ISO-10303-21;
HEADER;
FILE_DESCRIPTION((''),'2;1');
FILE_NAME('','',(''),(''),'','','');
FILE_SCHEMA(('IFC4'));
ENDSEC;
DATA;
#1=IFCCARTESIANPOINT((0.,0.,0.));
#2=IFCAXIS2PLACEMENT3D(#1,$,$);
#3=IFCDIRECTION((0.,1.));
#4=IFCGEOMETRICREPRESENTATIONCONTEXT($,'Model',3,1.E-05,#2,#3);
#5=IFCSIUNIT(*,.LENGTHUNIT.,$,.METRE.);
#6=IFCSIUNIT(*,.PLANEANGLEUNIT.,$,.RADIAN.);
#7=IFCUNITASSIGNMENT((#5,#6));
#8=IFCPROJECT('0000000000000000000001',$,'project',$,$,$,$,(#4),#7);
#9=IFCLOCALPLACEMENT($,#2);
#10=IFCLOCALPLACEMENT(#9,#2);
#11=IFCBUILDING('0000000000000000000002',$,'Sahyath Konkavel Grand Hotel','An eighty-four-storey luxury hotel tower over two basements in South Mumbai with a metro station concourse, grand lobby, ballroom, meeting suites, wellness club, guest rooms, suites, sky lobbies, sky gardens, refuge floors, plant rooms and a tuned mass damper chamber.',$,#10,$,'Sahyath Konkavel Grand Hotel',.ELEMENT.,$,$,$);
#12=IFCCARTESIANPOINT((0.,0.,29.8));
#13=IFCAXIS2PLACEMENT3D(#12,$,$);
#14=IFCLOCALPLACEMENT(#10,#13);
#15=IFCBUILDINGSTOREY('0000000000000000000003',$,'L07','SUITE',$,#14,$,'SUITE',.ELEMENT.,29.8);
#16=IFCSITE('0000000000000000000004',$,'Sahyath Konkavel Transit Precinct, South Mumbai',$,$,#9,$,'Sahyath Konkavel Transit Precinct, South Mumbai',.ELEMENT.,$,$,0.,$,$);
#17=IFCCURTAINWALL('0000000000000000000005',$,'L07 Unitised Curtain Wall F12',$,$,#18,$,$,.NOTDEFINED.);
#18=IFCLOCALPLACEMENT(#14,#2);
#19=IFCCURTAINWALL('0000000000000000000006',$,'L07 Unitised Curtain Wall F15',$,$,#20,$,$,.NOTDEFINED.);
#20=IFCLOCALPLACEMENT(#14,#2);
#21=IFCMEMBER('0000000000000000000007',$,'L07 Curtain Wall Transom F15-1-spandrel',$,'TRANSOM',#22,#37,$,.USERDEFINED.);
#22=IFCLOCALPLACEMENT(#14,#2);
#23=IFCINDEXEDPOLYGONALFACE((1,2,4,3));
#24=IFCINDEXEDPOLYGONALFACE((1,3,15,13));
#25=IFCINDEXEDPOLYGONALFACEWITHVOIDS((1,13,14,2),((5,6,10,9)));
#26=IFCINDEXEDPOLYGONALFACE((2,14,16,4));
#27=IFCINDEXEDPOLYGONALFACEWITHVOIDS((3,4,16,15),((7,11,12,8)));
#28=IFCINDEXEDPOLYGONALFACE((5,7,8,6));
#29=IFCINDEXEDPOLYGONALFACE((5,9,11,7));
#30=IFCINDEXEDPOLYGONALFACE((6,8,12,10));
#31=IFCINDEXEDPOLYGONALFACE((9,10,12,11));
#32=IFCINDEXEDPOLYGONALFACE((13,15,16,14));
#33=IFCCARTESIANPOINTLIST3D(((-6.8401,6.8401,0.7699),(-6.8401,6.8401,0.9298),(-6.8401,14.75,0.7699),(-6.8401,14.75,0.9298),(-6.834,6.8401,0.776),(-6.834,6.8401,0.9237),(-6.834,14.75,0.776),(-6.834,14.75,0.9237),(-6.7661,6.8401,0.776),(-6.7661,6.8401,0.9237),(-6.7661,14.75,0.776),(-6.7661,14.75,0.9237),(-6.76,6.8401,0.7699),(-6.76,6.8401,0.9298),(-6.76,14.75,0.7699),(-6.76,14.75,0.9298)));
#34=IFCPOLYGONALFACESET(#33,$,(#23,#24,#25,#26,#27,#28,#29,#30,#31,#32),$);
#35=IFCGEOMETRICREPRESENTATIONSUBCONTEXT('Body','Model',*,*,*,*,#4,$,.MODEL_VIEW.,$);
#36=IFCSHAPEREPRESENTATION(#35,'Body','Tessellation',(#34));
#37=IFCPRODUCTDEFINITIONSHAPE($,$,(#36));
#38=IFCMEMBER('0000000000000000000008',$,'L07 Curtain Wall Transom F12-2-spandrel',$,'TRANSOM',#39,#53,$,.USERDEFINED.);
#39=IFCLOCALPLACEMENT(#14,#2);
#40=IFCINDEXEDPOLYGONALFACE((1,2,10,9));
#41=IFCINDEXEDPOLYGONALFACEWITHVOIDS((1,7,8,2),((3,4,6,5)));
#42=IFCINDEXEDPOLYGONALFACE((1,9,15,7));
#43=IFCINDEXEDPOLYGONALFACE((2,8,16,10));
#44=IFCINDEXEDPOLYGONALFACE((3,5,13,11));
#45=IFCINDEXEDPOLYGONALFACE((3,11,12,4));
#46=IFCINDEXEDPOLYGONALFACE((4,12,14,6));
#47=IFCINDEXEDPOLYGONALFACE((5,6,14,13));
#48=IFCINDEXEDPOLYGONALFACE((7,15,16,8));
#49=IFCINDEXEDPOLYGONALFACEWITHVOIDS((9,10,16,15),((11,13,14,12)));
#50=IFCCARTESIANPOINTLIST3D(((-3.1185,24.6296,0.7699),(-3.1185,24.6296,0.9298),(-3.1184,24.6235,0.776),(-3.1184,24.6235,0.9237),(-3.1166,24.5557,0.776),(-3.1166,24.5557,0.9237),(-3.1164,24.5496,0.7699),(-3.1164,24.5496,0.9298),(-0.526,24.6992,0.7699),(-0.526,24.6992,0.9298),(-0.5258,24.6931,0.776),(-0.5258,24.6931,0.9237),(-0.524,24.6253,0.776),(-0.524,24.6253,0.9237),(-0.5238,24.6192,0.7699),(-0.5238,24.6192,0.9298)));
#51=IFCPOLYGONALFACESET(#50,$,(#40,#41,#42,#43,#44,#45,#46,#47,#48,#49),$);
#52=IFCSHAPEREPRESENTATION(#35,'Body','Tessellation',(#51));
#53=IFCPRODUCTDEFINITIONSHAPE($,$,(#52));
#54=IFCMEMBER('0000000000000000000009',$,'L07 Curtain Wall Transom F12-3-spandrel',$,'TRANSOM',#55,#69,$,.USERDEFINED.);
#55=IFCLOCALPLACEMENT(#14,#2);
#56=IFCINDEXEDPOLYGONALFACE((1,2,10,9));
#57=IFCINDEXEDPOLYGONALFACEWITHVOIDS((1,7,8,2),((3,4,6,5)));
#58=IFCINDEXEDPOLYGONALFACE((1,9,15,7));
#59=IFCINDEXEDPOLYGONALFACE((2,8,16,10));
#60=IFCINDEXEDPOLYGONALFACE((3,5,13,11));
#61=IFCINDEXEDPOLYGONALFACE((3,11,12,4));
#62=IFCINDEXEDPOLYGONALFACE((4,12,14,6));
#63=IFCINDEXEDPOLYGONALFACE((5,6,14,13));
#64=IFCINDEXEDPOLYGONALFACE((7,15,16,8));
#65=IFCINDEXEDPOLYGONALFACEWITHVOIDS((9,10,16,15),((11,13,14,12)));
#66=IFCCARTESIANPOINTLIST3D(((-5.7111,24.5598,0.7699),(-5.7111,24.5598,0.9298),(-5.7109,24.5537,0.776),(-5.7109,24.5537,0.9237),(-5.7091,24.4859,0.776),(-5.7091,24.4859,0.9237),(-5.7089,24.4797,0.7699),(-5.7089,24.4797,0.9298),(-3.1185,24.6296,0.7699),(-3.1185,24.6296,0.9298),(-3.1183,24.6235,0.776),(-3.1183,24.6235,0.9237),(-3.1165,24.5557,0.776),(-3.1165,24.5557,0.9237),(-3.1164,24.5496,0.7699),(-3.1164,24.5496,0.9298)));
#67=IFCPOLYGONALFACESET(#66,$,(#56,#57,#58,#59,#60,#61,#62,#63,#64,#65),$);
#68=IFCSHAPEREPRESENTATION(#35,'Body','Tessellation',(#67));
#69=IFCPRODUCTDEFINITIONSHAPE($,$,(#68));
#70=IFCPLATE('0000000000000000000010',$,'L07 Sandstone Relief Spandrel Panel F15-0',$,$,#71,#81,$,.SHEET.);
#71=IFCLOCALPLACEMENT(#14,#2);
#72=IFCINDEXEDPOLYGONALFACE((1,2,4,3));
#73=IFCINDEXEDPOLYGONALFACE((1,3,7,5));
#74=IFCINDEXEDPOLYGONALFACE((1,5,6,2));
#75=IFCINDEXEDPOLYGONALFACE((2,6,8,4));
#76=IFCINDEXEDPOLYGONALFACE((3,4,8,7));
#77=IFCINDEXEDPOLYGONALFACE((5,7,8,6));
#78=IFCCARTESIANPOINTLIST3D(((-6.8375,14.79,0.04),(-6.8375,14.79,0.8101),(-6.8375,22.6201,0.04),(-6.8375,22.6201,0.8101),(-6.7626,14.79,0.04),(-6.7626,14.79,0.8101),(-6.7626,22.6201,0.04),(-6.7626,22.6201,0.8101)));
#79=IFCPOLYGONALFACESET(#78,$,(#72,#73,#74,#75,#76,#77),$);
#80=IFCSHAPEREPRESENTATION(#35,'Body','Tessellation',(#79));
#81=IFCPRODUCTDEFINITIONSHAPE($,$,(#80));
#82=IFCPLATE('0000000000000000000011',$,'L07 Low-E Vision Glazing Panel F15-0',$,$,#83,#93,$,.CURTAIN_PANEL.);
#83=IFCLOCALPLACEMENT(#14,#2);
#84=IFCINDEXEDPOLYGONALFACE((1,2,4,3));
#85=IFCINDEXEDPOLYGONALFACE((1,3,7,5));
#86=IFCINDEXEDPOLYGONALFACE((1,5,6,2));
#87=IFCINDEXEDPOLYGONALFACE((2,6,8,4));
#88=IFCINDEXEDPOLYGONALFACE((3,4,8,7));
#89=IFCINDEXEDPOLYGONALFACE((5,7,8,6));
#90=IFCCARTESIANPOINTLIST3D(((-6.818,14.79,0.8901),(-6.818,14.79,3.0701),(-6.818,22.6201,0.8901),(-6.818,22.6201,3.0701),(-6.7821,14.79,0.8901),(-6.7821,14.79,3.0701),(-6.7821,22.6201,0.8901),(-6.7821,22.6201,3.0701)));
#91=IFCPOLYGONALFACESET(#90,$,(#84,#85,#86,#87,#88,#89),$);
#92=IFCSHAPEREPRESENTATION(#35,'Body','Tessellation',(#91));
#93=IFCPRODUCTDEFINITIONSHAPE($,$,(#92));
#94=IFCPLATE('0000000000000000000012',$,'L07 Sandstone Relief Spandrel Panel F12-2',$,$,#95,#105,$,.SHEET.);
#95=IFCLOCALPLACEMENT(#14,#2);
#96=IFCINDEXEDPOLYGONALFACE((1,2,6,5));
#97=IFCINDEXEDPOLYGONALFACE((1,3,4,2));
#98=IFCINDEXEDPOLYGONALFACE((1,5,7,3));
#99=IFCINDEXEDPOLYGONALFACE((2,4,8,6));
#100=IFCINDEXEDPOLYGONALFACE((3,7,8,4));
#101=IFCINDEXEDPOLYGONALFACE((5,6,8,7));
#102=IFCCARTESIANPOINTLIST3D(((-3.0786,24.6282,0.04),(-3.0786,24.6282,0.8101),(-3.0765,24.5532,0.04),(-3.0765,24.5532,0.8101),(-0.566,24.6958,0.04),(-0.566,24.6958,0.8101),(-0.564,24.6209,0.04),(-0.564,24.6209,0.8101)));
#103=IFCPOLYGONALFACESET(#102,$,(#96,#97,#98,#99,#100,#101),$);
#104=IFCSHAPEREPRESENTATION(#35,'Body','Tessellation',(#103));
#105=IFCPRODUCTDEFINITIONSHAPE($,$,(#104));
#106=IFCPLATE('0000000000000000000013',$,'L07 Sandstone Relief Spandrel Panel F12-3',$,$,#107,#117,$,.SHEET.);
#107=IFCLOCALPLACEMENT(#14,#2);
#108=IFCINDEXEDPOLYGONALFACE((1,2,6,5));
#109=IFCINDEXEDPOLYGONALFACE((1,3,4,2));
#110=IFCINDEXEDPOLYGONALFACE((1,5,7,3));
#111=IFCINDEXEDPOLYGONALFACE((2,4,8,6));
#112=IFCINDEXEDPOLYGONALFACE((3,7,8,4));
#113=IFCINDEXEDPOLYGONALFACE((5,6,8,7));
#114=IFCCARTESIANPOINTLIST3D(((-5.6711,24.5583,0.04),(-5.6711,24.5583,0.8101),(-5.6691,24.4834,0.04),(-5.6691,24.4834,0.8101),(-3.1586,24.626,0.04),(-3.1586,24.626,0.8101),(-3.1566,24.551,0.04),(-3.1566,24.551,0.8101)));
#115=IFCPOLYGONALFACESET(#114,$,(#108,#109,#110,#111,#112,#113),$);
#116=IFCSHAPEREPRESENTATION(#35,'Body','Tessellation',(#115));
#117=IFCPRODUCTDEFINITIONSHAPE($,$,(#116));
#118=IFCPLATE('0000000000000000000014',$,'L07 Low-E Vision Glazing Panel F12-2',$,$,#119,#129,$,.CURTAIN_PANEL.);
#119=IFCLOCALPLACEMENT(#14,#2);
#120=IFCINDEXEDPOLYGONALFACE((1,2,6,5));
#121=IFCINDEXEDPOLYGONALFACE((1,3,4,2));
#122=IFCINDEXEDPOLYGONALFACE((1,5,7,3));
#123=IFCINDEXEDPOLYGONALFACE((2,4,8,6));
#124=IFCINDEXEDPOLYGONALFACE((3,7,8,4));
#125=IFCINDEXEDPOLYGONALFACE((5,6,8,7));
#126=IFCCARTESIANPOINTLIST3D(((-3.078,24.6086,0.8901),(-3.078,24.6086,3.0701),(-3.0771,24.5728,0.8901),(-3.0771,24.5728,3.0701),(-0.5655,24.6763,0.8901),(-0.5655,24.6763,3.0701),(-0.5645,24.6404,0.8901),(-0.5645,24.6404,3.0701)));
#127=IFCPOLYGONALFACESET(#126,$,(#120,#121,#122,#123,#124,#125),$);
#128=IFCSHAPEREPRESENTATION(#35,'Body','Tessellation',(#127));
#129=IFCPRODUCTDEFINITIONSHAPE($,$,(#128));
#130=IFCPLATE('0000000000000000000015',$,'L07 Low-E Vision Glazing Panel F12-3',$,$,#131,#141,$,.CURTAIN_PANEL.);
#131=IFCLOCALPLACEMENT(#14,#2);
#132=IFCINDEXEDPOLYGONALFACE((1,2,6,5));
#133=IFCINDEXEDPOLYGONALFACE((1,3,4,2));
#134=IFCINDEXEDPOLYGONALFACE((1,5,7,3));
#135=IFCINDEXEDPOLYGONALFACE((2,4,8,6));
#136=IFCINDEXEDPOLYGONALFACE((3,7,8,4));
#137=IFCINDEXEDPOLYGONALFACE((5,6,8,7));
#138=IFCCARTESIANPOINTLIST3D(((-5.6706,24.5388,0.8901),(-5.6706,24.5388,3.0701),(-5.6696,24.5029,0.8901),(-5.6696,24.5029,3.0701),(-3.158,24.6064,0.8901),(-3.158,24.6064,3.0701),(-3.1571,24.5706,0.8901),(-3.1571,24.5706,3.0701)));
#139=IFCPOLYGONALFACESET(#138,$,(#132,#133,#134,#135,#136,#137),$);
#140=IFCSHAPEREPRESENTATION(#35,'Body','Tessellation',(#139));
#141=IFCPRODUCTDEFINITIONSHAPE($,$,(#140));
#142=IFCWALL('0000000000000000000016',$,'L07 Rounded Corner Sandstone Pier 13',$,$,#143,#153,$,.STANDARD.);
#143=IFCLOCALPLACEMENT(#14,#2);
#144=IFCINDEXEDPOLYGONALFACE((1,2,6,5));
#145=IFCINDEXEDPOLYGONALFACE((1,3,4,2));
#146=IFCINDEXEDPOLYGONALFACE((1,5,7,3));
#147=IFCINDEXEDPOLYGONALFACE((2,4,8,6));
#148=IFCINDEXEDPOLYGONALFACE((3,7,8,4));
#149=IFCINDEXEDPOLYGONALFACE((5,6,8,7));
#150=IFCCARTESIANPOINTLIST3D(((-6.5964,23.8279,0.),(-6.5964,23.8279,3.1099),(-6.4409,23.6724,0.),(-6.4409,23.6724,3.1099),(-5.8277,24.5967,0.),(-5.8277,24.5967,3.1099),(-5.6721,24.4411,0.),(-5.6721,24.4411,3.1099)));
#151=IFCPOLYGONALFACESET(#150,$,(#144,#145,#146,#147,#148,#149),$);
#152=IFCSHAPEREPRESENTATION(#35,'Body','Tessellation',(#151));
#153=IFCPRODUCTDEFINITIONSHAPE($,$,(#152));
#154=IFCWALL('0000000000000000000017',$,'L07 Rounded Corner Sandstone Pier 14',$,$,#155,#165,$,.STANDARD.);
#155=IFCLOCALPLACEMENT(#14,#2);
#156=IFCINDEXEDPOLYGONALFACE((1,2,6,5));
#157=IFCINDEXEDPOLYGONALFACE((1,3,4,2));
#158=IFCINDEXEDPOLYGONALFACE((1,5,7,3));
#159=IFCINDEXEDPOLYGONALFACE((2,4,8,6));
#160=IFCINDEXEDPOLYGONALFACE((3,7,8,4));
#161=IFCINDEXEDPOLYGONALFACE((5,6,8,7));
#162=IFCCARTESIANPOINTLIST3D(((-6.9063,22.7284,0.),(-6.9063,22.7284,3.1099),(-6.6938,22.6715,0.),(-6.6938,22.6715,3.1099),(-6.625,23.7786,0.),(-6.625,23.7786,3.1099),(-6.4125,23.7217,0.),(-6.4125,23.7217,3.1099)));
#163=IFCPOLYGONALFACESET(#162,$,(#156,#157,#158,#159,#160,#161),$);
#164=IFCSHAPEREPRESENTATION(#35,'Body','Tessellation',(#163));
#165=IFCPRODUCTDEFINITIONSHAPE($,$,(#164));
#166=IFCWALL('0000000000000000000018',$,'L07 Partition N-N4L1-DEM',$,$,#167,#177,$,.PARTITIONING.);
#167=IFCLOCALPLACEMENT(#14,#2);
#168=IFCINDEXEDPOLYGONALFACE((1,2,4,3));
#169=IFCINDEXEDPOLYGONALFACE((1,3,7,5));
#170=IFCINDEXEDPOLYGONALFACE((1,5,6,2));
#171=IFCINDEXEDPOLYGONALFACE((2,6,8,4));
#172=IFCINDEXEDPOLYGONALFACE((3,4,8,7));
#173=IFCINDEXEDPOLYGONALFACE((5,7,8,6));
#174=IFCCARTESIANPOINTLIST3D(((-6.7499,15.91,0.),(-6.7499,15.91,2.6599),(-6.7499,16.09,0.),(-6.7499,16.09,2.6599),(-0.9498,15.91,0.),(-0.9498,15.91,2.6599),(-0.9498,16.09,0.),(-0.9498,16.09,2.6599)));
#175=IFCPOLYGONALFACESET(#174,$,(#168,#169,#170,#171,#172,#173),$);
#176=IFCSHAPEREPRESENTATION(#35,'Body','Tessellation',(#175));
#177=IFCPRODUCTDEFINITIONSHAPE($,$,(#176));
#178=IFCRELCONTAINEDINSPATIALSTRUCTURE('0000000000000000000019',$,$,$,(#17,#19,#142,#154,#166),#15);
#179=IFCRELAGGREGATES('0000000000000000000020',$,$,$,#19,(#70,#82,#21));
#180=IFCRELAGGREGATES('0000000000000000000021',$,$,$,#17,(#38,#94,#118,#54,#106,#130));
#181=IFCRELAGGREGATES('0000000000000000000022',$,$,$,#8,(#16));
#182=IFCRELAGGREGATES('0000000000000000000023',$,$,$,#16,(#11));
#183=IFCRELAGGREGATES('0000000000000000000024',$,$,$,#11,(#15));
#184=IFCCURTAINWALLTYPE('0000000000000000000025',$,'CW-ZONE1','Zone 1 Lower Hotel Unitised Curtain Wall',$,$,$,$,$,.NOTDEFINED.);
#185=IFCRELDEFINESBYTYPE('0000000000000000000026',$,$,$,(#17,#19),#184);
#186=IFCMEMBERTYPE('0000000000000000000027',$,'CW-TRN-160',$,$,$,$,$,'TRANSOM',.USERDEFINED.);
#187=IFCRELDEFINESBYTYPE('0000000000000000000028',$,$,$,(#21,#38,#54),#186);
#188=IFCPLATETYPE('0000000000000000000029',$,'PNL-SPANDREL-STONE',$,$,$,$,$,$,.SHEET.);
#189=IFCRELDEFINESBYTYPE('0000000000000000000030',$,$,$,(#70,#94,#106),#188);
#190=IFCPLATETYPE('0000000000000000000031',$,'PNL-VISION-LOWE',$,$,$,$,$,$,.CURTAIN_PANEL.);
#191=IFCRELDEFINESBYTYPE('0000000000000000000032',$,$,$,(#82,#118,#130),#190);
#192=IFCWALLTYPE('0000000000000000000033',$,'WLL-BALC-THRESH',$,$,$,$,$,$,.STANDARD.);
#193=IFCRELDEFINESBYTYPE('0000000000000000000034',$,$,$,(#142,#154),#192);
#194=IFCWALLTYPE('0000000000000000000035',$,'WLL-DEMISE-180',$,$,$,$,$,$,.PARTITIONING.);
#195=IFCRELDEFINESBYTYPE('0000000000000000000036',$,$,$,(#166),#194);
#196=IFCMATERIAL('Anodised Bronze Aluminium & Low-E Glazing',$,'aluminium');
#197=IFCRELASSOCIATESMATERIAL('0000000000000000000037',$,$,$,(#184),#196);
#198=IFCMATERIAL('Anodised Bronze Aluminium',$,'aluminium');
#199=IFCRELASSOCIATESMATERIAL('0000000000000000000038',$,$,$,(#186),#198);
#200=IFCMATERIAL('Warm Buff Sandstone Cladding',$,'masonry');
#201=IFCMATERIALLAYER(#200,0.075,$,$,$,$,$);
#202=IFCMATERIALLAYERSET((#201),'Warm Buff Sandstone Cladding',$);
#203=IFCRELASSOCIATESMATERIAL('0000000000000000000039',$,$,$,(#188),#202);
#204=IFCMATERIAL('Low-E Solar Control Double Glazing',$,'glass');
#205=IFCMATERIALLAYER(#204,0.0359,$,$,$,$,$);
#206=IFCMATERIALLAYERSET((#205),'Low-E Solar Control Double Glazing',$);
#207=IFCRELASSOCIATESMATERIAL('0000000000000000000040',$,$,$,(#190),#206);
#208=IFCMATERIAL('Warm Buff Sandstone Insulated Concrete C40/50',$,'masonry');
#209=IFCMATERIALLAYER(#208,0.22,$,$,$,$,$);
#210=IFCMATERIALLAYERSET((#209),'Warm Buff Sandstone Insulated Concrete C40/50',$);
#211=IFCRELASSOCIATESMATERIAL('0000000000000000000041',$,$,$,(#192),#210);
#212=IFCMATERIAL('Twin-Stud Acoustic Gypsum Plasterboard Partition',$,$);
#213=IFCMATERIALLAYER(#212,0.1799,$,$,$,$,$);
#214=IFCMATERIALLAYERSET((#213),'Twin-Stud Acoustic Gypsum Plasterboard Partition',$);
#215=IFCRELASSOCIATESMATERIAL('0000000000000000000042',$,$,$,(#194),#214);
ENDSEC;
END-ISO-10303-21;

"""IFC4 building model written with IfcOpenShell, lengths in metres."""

from ifc_helpers import new_model, si_unit, direction, frame, frame_2d, origin, origin_2d, place, context, subcontext, project, spatial, rectangle, hollow_rectangle, extrude, source, transform, mapped, material, layer, layer_set, material_profile, profile_set, type_object, element, aggregate, save


model = new_model("IFC4")

# Units and contexts
model_context = context("Model", 3, precision=1e-05, world=origin(), true_north=direction((0.0, 1.0)))
body_context = subcontext(model_context, "Body", "Model", "MODEL_VIEW")
ifc_project = project(units=[si_unit("LENGTHUNIT", "METRE"), si_unit("PLANEANGLEUNIT", "RADIAN")], contexts=[model_context])

# Site, building, storey
site_placement = place(None, origin())
site = spatial("IfcSite", under=ifc_project, at=site_placement, Name="Sahyath Konkavel Transit Precinct, South Mumbai", LongName="Sahyath Konkavel Transit Precinct, South Mumbai", CompositionType="ELEMENT", RefElevation=0.0)
building_placement = place(site_placement, origin())
building = spatial("IfcBuilding", under=site, at=building_placement, Name="Sahyath Konkavel Grand Hotel", Description="An eighty-four-storey luxury hotel tower over two basements in South Mumbai with a metro station concourse, grand lobby, ballroom, meeting suites, wellness club, guest rooms, suites, sky lobbies, sky gardens, refuge floors, plant rooms and a tuned mass damper chamber.", LongName="Sahyath Konkavel Grand Hotel", CompositionType="ELEMENT")
storey_placement = place(building_placement, frame((0.0, 0.0, 29.8)))
storey = spatial("IfcBuildingStorey", under=building, at=storey_placement, Name="L07", Description="SUITE", LongName="SUITE", CompositionType="ELEMENT", Elevation=29.8)

# Curtain walls
ifc_material_1 = material(Name="Anodised Bronze Aluminium & Low-E Glazing", Category="aluminium")
curtain_wall_type = type_object("IfcCurtainWallType", Name="CW-ZONE1", Description="Zone 1 Lower Hotel Unitised Curtain Wall", PredefinedType="NOTDEFINED", material=ifc_material_1)
curtain_wall_1_placement = place(storey_placement, origin())
curtain_wall_1 = element("IfcCurtainWall", 1, at=curtain_wall_1_placement, inside=storey, type_object=curtain_wall_type, Name="L07 Unitised Curtain Wall F12", PredefinedType="NOTDEFINED")
ifc_material_2 = material(Name="Anodised Bronze Aluminium", Category="aluminium")
curtain_wall_2_placement = place(storey_placement, origin())
curtain_wall_2 = element("IfcCurtainWall", 2, at=curtain_wall_2_placement, inside=storey, type_object=curtain_wall_type, Name="L07 Unitised Curtain Wall F15", PredefinedType="NOTDEFINED")

# Members
ifc_material_profile_1 = material_profile(ifc_material_2, hollow_rectangle(XDim=0.0801, YDim=0.1599, WallThickness=0.0061, at=origin_2d()), Name="RHS 160x80x6")
ifc_profile_set_1 = profile_set([ifc_material_profile_1], Name="Anodised Bronze Aluminium")
member_type_1 = type_object("IfcMemberType", Name="CW-TRN-160", ElementType="TRANSOM", PredefinedType="USERDEFINED", material=ifc_profile_set_1)
shared_shape_1 = source(origin(), body_context, "Body", "SweptSolid", [
    extrude(hollow_rectangle(XDim=0.0801, YDim=0.1599, WallThickness=0.0061, at=origin_2d()), origin(), (0.0, 0.0, 1.0), 7.9099),
])
member_1_placement = place(storey_placement, frame((-6.8, 14.75, 0.8499), z_axis=(0.0, -1.0, 0.0), x_axis=(1.0, 0.0, 0.0)))
member_1 = element("IfcMember", 3, at=member_1_placement, type_object=member_type_1, Name="L07 Curtain Wall Transom F15-1-spandrel", ObjectType="TRANSOM", PredefinedType="USERDEFINED", context=body_context, shape_type="MappedRepresentation", body=[
    mapped(shared_shape_1, transform((0.0, 0.0, 0.0), scale=1.0)),
])
shared_shape_2 = source(origin(), body_context, "Body", "SweptSolid", [
    extrude(hollow_rectangle(XDim=0.0801, YDim=0.1599, WallThickness=0.0061, at=origin_2d()), origin(), (0.0, 0.0, 1.0), 2.5935),
])
member_2_placement = place(storey_placement, frame((-0.5249, 24.6592, 0.8499), z_axis=(-0.99964, -0.026829, 0.0), x_axis=(0.026829, -0.99964, 0.0)))
member_2 = element("IfcMember", 4, at=member_2_placement, type_object=member_type_1, Name="L07 Curtain Wall Transom F12-2-spandrel", ObjectType="TRANSOM", PredefinedType="USERDEFINED", context=body_context, shape_type="MappedRepresentation", body=[
    mapped(shared_shape_2, transform((0.0, 0.0, 0.0), scale=1.0)),
])
member_3_placement = place(storey_placement, frame((-3.1174, 24.5896, 0.8499), z_axis=(-0.999638, -0.026923, 0.0), x_axis=(0.026923, -0.999638, 0.0)))
member_3 = element("IfcMember", 5, at=member_3_placement, type_object=member_type_1, Name="L07 Curtain Wall Transom F12-3-spandrel", ObjectType="TRANSOM", PredefinedType="USERDEFINED", context=body_context, shape_type="MappedRepresentation", body=[
    mapped(shared_shape_2, transform((0.0, 0.0, 0.0), scale=1.0)),
])

# Plates
ifc_material_3 = material(Name="Warm Buff Sandstone Cladding", Category="masonry")
ifc_layer_1 = layer(ifc_material_3, 0.075)
ifc_layer_set_1 = layer_set([ifc_layer_1], Name="Warm Buff Sandstone Cladding")
plate_type_1 = type_object("IfcPlateType", Name="PNL-SPANDREL-STONE", PredefinedType="SHEET", material=ifc_layer_set_1)
shared_shape_3 = source(origin(), body_context, "Body", "SweptSolid", [
    extrude(rectangle(XDim=7.8301, YDim=0.075, at=origin_2d()), origin(), (0.0, 0.0, 1.0), 0.77),
])
plate_1_placement = place(storey_placement, frame((-6.8, 18.7051, 0.04), z_axis=(0.0, 0.0, 1.0), x_axis=(0.0, -1.0, 0.0)))
plate_1 = element("IfcPlate", 6, at=plate_1_placement, type_object=plate_type_1, Name="L07 Sandstone Relief Spandrel Panel F15-0", PredefinedType="SHEET", context=body_context, shape_type="MappedRepresentation", body=[
    mapped(shared_shape_3, transform((0.0, 0.0, 0.0), scale=1.0)),
])
ifc_material_4 = material(Name="Low-E Solar Control Double Glazing", Category="glass")
ifc_layer_2 = layer(ifc_material_4, 0.0359)
ifc_layer_set_2 = layer_set([ifc_layer_2], Name="Low-E Solar Control Double Glazing")
plate_type_2 = type_object("IfcPlateType", Name="PNL-VISION-LOWE", PredefinedType="CURTAIN_PANEL", material=ifc_layer_set_2)
shared_shape_4 = source(origin(), body_context, "Body", "SweptSolid", [
    extrude(rectangle(XDim=7.8301, YDim=0.0359, at=origin_2d()), origin(), (0.0, 0.0, 1.0), 2.1799),
])
plate_2_placement = place(storey_placement, frame((-6.8, 18.7051, 0.8901), z_axis=(0.0, 0.0, 1.0), x_axis=(0.0, -1.0, 0.0)))
plate_2 = element("IfcPlate", 7, at=plate_2_placement, type_object=plate_type_2, Name="L07 Low-E Vision Glazing Panel F15-0", PredefinedType="CURTAIN_PANEL", context=body_context, shape_type="MappedRepresentation", body=[
    mapped(shared_shape_4, transform((0.0, 0.0, 0.0), scale=1.0)),
])
aggregate(curtain_wall_2, [plate_1, plate_2, member_1])
shared_shape_5 = source(origin(), body_context, "Body", "SweptSolid", [
    extrude(rectangle(XDim=2.5134, YDim=0.075, at=origin_2d()), origin(), (0.0, 0.0, 1.0), 0.77),
])
plate_3_placement = place(storey_placement, frame((-1.8213, 24.6245, 0.04), z_axis=(0.0, 0.0, 1.0), x_axis=(-0.999638, -0.02691, 0.0)))
plate_3 = element("IfcPlate", 8, at=plate_3_placement, type_object=plate_type_1, Name="L07 Sandstone Relief Spandrel Panel F12-2", PredefinedType="SHEET", context=body_context, shape_type="MappedRepresentation", body=[
    mapped(shared_shape_5, transform((0.0, 0.0, 0.0), scale=1.0)),
])
plate_4_placement = place(storey_placement, frame((-4.4138, 24.5547, 0.04), z_axis=(0.0, 0.0, 1.0), x_axis=(-0.999638, -0.02691, 0.0)))
plate_4 = element("IfcPlate", 9, at=plate_4_placement, type_object=plate_type_1, Name="L07 Sandstone Relief Spandrel Panel F12-3", PredefinedType="SHEET", context=body_context, shape_type="MappedRepresentation", body=[
    mapped(shared_shape_5, transform((0.0, 0.0, 0.0), scale=1.0)),
])
shared_shape_6 = source(origin(), body_context, "Body", "SweptSolid", [
    extrude(rectangle(XDim=2.5134, YDim=0.0359, at=origin_2d()), origin(), (0.0, 0.0, 1.0), 2.1799),
])
plate_5_placement = place(storey_placement, frame((-1.8213, 24.6245, 0.8901), z_axis=(0.0, 0.0, 1.0), x_axis=(-0.999638, -0.02691, 0.0)))
plate_5 = element("IfcPlate", 10, at=plate_5_placement, type_object=plate_type_2, Name="L07 Low-E Vision Glazing Panel F12-2", PredefinedType="CURTAIN_PANEL", context=body_context, shape_type="MappedRepresentation", body=[
    mapped(shared_shape_6, transform((0.0, 0.0, 0.0), scale=1.0)),
])
plate_6_placement = place(storey_placement, frame((-4.4138, 24.5547, 0.8901), z_axis=(0.0, 0.0, 1.0), x_axis=(-0.999638, -0.02691, 0.0)))
plate_6 = element("IfcPlate", 11, at=plate_6_placement, type_object=plate_type_2, Name="L07 Low-E Vision Glazing Panel F12-3", PredefinedType="CURTAIN_PANEL", context=body_context, shape_type="MappedRepresentation", body=[
    mapped(shared_shape_6, transform((0.0, 0.0, 0.0), scale=1.0)),
])
aggregate(curtain_wall_1, [member_2, plate_3, plate_5, member_3, plate_4, plate_6])

# Walls
ifc_material_5 = material(Name="Warm Buff Sandstone Insulated Concrete C40/50", Category="masonry")
ifc_layer_3 = layer(ifc_material_5, 0.22)
ifc_layer_set_3 = layer_set([ifc_layer_3], Name="Warm Buff Sandstone Insulated Concrete C40/50")
wall_type_1 = type_object("IfcWallType", Name="WLL-BALC-THRESH", PredefinedType="STANDARD", material=ifc_layer_set_3)
for number, where, z_axis, x_axis, name in (
    (12, (-5.75, 24.5188, 0.0), (0.0, 0.0, 1.0), (-0.707107, -0.707107, 0.0), "L07 Rounded Corner Sandstone Pier 13"),
    (13, (-6.5188, 23.75, 0.0), (0.0, 0.0, 1.0), (-0.258725, -0.965951, 0.0), "L07 Rounded Corner Sandstone Pier 14"),
):
    element("IfcWall", number, at=place(storey_placement, frame(where, z_axis=z_axis, x_axis=x_axis)), inside=storey, type_object=wall_type_1, Name=name, PredefinedType="STANDARD", context=body_context, shape_type="SweptSolid", body=[
        extrude(rectangle(XDim=1.0872, YDim=0.22, at=frame_2d((0.5435, 0.0))), origin(), (0.0, 0.0, 1.0), 3.1099),
    ])
ifc_material_6 = material(Name="Twin-Stud Acoustic Gypsum Plasterboard Partition")
ifc_layer_4 = layer(ifc_material_6, 0.1799)
ifc_layer_set_4 = layer_set([ifc_layer_4], Name="Twin-Stud Acoustic Gypsum Plasterboard Partition")
wall_type_2 = type_object("IfcWallType", Name="WLL-DEMISE-180", PredefinedType="PARTITIONING", material=ifc_layer_set_4)
wall_1_placement = place(storey_placement, frame((-0.95, 16.0, 0.0), z_axis=(0.0, 0.0, 1.0), x_axis=(-1.0, 0.0, 0.0)))
element("IfcWall", 14, at=wall_1_placement, inside=storey, type_object=wall_type_2, Name="L07 Partition N-N4L1-DEM", PredefinedType="PARTITIONING", context=body_context, shape_type="SweptSolid", body=[
    extrude(rectangle(XDim=5.8, YDim=0.1799, at=frame_2d((2.8999, 0.0))), origin(), (0.0, 0.0, 1.0), 2.6599),
])

save(model, "model.ifc")
